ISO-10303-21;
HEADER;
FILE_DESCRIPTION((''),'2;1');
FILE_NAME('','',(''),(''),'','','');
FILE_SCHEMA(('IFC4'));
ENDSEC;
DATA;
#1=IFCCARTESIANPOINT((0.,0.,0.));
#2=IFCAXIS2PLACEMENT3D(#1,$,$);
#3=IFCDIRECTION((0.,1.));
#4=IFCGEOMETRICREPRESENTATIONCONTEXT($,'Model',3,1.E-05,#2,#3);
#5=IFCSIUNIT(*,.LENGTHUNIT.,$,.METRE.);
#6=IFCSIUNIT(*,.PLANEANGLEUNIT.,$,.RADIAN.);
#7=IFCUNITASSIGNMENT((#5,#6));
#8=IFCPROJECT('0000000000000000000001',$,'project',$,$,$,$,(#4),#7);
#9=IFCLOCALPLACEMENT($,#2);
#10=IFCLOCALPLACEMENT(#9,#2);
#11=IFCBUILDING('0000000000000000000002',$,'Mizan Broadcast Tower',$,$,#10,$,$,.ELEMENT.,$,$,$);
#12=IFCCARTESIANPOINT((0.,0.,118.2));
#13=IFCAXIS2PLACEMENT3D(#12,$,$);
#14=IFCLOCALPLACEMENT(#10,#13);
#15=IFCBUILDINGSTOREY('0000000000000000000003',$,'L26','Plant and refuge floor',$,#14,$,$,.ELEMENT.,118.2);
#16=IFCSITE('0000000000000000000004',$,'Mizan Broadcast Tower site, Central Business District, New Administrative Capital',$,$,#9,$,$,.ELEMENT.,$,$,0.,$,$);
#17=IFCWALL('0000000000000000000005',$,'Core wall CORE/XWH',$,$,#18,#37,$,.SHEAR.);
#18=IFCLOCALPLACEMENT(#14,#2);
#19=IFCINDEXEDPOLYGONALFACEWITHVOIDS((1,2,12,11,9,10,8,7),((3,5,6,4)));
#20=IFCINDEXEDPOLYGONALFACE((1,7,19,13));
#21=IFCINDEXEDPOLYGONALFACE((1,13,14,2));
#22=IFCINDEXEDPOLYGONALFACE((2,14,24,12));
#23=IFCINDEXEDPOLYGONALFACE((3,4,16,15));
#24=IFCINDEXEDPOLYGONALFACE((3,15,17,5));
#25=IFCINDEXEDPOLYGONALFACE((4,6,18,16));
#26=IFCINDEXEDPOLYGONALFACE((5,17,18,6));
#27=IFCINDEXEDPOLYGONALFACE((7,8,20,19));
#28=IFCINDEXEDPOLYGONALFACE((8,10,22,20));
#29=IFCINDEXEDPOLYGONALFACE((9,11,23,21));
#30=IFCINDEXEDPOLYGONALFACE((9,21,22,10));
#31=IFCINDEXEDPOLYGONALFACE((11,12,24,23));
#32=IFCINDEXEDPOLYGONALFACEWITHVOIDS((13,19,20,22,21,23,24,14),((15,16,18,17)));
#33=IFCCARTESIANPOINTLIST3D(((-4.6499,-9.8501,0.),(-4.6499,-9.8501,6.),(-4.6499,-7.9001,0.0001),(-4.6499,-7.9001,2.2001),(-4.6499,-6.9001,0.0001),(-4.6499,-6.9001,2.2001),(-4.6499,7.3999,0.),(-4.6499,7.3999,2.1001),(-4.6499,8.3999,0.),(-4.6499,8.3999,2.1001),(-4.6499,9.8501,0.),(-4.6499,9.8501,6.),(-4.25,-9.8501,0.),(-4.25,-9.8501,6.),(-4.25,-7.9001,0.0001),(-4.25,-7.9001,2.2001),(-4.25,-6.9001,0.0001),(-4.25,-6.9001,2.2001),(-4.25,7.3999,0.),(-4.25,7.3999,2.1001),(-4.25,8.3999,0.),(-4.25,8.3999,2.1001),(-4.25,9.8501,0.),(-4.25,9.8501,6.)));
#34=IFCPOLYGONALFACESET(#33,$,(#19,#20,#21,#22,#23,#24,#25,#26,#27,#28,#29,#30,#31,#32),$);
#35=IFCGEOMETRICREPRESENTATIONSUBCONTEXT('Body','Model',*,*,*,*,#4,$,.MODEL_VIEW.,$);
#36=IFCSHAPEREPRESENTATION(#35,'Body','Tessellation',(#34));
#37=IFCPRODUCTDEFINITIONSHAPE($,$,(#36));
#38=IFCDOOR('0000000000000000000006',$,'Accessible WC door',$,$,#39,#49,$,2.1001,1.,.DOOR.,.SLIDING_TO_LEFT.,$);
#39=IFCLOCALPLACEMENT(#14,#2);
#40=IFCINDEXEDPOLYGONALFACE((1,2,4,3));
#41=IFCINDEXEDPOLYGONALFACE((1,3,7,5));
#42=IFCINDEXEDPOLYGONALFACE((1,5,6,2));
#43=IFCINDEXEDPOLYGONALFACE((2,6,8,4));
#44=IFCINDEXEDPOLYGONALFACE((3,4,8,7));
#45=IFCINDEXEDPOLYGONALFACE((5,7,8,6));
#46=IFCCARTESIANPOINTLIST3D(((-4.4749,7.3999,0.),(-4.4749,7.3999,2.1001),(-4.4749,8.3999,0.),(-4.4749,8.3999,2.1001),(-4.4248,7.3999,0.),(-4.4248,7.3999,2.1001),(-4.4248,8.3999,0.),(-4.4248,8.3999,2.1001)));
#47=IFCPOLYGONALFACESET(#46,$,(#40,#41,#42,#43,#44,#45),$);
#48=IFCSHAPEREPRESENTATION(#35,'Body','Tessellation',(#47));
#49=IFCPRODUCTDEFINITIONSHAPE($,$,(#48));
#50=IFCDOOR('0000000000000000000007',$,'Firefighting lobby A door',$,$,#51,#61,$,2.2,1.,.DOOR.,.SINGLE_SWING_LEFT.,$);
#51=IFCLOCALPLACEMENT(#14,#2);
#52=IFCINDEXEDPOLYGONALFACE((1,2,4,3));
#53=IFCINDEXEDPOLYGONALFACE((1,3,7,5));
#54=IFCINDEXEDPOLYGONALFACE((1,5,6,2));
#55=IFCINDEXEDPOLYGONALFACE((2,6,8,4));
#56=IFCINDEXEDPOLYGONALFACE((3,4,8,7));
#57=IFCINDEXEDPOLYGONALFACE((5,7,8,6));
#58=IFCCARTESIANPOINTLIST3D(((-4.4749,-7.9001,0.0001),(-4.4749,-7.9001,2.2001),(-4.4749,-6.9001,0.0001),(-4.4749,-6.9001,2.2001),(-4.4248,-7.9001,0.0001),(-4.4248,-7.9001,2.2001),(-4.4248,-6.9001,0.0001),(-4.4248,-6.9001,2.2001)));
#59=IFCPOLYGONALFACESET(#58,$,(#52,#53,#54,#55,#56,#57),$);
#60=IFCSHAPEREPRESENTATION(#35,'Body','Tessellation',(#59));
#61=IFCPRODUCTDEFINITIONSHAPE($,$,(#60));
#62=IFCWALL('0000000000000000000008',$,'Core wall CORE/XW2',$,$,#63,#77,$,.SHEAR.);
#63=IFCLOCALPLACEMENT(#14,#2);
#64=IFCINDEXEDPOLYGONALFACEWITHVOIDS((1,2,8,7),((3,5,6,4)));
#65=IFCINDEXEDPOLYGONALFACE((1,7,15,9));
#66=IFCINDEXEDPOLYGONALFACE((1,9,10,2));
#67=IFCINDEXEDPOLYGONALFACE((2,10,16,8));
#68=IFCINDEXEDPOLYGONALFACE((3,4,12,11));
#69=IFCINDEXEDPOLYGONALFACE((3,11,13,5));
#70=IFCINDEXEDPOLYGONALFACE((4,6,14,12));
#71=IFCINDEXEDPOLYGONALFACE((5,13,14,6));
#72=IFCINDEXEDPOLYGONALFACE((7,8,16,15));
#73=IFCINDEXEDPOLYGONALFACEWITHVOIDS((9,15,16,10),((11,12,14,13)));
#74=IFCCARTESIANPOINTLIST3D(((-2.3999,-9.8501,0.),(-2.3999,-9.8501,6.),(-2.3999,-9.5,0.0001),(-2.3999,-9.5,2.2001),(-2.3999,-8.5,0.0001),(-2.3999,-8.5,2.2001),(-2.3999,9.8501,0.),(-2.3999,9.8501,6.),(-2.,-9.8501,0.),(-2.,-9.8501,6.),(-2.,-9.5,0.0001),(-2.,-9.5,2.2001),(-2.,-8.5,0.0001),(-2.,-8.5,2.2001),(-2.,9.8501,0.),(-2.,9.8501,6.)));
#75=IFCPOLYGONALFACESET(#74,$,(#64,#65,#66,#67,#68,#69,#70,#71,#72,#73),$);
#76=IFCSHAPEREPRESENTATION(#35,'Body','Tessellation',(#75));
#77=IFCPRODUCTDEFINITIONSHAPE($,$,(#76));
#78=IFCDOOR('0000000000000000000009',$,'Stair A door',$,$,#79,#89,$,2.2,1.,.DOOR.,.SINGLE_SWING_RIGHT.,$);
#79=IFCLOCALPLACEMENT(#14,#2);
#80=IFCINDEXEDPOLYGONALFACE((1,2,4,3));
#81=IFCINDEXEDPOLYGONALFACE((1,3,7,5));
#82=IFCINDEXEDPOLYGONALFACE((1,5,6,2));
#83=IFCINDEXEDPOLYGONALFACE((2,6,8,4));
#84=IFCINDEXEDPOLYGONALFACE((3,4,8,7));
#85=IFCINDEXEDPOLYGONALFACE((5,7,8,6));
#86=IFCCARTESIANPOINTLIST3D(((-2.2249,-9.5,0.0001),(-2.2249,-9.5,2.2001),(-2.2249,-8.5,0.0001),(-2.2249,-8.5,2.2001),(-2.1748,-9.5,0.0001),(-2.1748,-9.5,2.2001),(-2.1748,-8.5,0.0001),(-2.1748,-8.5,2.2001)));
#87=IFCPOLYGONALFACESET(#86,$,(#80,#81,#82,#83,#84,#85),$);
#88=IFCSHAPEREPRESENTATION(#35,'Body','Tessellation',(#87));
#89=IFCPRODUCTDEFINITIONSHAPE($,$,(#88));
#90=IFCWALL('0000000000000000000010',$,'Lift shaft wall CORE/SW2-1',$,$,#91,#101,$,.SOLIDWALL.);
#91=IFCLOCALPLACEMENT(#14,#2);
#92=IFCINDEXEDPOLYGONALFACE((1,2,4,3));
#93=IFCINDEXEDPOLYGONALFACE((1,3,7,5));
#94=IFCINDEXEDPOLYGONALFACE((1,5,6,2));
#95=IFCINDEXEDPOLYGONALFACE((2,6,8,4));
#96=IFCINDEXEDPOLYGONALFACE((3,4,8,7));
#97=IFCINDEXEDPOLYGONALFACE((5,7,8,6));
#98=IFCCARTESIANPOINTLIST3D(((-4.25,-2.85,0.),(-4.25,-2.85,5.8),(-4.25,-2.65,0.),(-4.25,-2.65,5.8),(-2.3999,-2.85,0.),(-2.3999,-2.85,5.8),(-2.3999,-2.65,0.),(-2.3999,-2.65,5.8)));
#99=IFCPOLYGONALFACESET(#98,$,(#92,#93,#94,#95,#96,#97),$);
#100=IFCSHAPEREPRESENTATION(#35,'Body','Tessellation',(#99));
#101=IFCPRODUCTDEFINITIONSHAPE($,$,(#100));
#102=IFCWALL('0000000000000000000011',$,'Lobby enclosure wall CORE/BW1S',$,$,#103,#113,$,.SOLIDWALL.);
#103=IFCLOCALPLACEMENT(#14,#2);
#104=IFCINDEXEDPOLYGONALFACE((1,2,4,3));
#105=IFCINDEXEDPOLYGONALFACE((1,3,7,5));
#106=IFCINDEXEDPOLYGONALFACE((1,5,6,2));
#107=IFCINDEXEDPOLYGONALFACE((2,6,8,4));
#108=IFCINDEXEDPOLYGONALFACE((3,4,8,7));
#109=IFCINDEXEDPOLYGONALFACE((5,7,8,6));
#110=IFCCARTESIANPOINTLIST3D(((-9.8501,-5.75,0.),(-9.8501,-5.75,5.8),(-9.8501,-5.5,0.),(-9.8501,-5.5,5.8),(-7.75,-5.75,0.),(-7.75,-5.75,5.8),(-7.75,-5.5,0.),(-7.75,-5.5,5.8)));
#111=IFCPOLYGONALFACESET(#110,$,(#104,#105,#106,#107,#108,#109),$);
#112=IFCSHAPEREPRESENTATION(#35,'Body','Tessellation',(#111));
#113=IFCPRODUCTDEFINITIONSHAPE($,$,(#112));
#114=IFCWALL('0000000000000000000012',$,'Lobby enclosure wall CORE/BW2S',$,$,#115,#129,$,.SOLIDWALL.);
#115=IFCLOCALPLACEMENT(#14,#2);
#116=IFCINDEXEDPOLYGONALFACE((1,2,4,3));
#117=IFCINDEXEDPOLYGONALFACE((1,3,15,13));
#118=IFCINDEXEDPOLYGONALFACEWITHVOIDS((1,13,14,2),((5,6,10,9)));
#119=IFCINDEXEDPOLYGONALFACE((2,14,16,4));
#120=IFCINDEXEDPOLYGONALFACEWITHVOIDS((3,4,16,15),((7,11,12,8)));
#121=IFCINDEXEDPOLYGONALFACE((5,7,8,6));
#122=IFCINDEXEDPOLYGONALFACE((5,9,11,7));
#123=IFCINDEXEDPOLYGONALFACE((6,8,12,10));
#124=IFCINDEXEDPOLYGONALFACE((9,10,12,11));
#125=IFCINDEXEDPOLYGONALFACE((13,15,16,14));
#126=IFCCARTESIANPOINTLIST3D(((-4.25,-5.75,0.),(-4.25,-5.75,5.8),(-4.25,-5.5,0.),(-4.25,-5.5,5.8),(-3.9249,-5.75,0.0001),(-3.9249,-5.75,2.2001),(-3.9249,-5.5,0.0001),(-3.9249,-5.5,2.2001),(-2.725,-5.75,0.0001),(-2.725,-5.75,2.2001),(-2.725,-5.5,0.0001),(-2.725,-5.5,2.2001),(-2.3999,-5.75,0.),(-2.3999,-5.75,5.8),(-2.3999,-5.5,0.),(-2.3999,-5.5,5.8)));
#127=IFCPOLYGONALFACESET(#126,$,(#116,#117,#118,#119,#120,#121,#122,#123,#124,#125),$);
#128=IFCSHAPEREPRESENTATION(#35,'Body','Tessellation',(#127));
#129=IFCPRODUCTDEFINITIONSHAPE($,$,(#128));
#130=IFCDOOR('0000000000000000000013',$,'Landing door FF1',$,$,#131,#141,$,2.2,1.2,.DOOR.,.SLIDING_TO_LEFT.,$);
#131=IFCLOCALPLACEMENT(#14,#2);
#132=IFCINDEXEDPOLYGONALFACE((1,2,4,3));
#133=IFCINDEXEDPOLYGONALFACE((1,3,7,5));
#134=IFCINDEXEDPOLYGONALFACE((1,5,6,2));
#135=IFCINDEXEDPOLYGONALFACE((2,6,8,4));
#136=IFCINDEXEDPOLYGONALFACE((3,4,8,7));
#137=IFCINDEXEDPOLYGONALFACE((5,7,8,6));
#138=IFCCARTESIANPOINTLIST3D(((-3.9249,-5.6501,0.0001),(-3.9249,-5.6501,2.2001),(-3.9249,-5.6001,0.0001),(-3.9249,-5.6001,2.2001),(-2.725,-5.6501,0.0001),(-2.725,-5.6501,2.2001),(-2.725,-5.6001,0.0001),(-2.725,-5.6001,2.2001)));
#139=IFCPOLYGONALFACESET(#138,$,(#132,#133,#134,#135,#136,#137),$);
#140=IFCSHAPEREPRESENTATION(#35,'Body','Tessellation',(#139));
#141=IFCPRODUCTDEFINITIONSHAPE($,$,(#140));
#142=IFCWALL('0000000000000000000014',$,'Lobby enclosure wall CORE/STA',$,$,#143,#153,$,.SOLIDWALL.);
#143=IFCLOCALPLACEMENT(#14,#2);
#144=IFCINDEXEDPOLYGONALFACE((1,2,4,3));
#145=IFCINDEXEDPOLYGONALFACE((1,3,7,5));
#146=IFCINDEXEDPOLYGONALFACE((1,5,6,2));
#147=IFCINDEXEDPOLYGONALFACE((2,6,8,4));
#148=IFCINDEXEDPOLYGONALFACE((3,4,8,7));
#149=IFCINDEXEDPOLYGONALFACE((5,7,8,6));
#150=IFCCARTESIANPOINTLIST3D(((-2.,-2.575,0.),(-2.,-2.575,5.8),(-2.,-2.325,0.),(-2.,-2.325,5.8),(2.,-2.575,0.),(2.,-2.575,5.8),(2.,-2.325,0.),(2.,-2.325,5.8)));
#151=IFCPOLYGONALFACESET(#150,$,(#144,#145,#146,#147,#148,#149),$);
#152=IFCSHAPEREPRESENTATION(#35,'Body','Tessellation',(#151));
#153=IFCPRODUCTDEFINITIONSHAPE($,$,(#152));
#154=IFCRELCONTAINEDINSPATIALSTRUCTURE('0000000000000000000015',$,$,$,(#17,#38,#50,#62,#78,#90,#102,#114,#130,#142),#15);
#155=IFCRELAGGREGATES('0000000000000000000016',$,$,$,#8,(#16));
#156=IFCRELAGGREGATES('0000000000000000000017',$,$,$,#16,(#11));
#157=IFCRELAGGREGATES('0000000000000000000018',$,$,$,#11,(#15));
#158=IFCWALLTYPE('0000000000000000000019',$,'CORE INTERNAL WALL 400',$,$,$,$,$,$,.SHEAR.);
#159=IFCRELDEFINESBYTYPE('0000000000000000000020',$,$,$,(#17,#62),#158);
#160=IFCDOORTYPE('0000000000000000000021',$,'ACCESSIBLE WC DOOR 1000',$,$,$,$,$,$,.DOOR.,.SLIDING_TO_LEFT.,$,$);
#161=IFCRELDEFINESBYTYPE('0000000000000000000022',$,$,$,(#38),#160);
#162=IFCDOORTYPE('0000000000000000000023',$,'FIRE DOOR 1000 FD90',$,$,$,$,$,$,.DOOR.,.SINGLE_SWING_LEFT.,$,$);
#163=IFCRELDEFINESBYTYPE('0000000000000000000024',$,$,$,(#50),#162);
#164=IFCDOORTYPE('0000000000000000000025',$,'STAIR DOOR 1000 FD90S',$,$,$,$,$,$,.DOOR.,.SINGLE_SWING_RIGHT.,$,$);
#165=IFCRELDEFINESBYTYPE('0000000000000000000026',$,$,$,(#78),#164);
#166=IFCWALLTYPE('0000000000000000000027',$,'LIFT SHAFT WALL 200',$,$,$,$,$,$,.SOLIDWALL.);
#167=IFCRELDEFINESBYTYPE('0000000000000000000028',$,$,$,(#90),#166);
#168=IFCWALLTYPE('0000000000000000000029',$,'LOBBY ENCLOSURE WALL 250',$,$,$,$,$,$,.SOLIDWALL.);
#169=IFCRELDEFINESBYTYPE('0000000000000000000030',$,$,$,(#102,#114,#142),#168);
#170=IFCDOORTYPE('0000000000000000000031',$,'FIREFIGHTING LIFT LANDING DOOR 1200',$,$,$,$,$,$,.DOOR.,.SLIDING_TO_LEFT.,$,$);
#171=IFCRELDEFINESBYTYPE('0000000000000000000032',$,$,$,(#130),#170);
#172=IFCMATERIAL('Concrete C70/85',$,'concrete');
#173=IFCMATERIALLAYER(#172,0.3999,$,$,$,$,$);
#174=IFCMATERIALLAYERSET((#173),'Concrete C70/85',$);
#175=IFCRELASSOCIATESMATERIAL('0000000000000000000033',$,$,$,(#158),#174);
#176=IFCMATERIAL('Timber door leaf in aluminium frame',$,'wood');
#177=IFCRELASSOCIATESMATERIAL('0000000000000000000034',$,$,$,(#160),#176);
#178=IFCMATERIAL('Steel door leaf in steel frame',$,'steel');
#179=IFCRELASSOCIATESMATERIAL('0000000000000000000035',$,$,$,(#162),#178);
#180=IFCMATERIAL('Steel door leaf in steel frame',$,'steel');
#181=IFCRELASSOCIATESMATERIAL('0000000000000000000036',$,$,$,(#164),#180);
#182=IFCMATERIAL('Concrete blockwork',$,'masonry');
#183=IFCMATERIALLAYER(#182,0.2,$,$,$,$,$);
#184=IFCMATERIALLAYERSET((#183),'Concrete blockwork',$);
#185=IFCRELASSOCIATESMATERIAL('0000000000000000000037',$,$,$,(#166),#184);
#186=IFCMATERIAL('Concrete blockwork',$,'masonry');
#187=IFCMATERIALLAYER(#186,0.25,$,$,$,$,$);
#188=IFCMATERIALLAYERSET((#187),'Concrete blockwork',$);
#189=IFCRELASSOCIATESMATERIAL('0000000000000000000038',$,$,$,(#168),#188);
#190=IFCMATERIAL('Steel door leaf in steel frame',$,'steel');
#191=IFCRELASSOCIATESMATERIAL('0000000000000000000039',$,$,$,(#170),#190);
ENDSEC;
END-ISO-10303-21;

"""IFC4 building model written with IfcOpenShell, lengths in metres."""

from ifc_helpers import new_model, si_unit, direction, frame, frame_2d, origin, place, context, subcontext, project, spatial, rectangle, extrude, material, layer, layer_set, type_object, element, fill, save


model = new_model("IFC4")

# Units and contexts
model_context = context("Model", 3, precision=1e-05, world=origin(), true_north=direction((0.0, 1.0)))
body_context = subcontext(model_context, "Body", "Model", "MODEL_VIEW")
ifc_project = project(units=[si_unit("LENGTHUNIT", "METRE"), si_unit("PLANEANGLEUNIT", "RADIAN")], contexts=[model_context])

# Site, building, storey
site_placement = place(None, origin())
site = spatial("IfcSite", under=ifc_project, at=site_placement, Name="Mizan Broadcast Tower site, Central Business District, New Administrative Capital", CompositionType="ELEMENT", RefElevation=0.0)
building_placement = place(site_placement, origin())
building = spatial("IfcBuilding", under=site, at=building_placement, Name="Mizan Broadcast Tower", CompositionType="ELEMENT")
storey_placement = place(building_placement, frame((0.0, 0.0, 118.2)))
storey = spatial("IfcBuildingStorey", under=building, at=storey_placement, Name="L26", Description="Plant and refuge floor", CompositionType="ELEMENT", Elevation=118.2)

# Wall, openings, doors
ifc_material_1 = material(Name="Concrete C70/85", Category="concrete")
ifc_layer_1 = layer(ifc_material_1, 0.3999)
ifc_layer_set_1 = layer_set([ifc_layer_1], Name="Concrete C70/85")
wall_type_1 = type_object("IfcWallType", Name="CORE INTERNAL WALL 400", PredefinedType="SHEAR", material=ifc_layer_set_1)
wall_1_placement = place(storey_placement, frame((-4.45, -9.8501, 0.0), z_axis=(0.0, 0.0, 1.0), x_axis=(0.0, 1.0, 0.0)))
wall_1 = element("IfcWall", 1, at=wall_1_placement, inside=storey, type_object=wall_type_1, Name="Core wall CORE/XWH", PredefinedType="SHEAR", context=body_context, shape_type="SweptSolid", body=[
    extrude(rectangle(XDim=19.7002, YDim=0.3999, at=frame_2d((9.8501, 0.0))), origin(), (0.0, 0.0, 1.0), 6.0),
])
opening_1_placement = place(wall_1_placement, frame((1.95, 0.0, 0.0)))
opening_1 = element("IfcOpeningElement", 2, at=opening_1_placement, cuts=wall_1, PredefinedType="OPENING", context=body_context, shape_type="SweptSolid", body=[
    extrude(rectangle(XDim=1.0, YDim=2.2, at=frame_2d((0.5, 1.1001))), frame((0.0, 0.21, 0.0), z_axis=(0.0, -1.0, 0.0), x_axis=(1.0, 0.0, 0.0)), (0.0, 0.0, 1.0), 0.4199),
])
opening_2_placement = place(wall_1_placement, frame((17.25, 0.0, 0.0)))
opening_2 = element("IfcOpeningElement", 3, at=opening_2_placement, cuts=wall_1, PredefinedType="OPENING", context=body_context, shape_type="SweptSolid", body=[
    extrude(rectangle(XDim=1.0, YDim=2.1001, at=frame_2d((0.5, 1.05))), frame((0.0, 0.21, 0.0), z_axis=(0.0, -1.0, 0.0), x_axis=(1.0, 0.0, 0.0)), (0.0, 0.0, 1.0), 0.4199),
])
ifc_material_2 = material(Name="Timber door leaf in aluminium frame", Category="wood")
door_type_1 = type_object("IfcDoorType", Name="ACCESSIBLE WC DOOR 1000", OperationType="SLIDING_TO_LEFT", PredefinedType="DOOR", material=ifc_material_2)
door_1_placement = place(opening_2_placement, origin())
door_1 = element("IfcDoor", 4, at=door_1_placement, inside=storey, type_object=door_type_1, Name="Accessible WC door", OperationType="SLIDING_TO_LEFT", OverallHeight=2.1001, OverallWidth=1.0, PredefinedType="DOOR", context=body_context, shape_type="SweptSolid", body=[
    extrude(rectangle(XDim=1.0, YDim=2.1001, at=frame_2d((0.5, 1.05))), frame((0.0, 0.0249, 0.0), z_axis=(0.0, -1.0, 0.0), x_axis=(1.0, 0.0, 0.0)), (0.0, 0.0, 1.0), 0.05),
])
fill(opening_2, door_1)
ifc_material_3 = material(Name="Steel door leaf in steel frame", Category="steel")
door_type_2 = type_object("IfcDoorType", Name="FIRE DOOR 1000 FD90", OperationType="SINGLE_SWING_LEFT", PredefinedType="DOOR", material=ifc_material_3)
door_2_placement = place(opening_1_placement, origin())
door_2 = element("IfcDoor", 5, at=door_2_placement, inside=storey, type_object=door_type_2, Name="Firefighting lobby A door", OperationType="SINGLE_SWING_LEFT", OverallHeight=2.2, OverallWidth=1.0, PredefinedType="DOOR", context=body_context, shape_type="SweptSolid", body=[
    extrude(rectangle(XDim=1.0, YDim=2.2, at=frame_2d((0.5, 1.1001))), frame((0.0, 0.0249, 0.0), z_axis=(0.0, -1.0, 0.0), x_axis=(1.0, 0.0, 0.0)), (0.0, 0.0, 1.0), 0.05),
])
fill(opening_1, door_2)

# Wall, opening, door
wall_2_placement = place(storey_placement, frame((-2.2, -9.8501, 0.0), z_axis=(0.0, 0.0, 1.0), x_axis=(0.0, 1.0, 0.0)))
wall_2 = element("IfcWall", 6, at=wall_2_placement, inside=storey, type_object=wall_type_1, Name="Core wall CORE/XW2", PredefinedType="SHEAR", context=body_context, shape_type="SweptSolid", body=[
    extrude(rectangle(XDim=19.7002, YDim=0.3999, at=frame_2d((9.8501, 0.0))), origin(), (0.0, 0.0, 1.0), 6.0),
])
opening_3_placement = place(wall_2_placement, frame((0.3501, 0.0, 0.0)))
opening_3 = element("IfcOpeningElement", 7, at=opening_3_placement, cuts=wall_2, PredefinedType="OPENING", context=body_context, shape_type="SweptSolid", body=[
    extrude(rectangle(XDim=1.0, YDim=2.2, at=frame_2d((0.5, 1.1001))), frame((0.0, 0.21, 0.0), z_axis=(0.0, -1.0, 0.0), x_axis=(1.0, 0.0, 0.0)), (0.0, 0.0, 1.0), 0.4199),
])
ifc_material_4 = material(Name="Steel door leaf in steel frame", Category="steel")
door_type_3 = type_object("IfcDoorType", Name="STAIR DOOR 1000 FD90S", OperationType="SINGLE_SWING_RIGHT", PredefinedType="DOOR", material=ifc_material_4)
door_3_placement = place(opening_3_placement, origin())
door_3 = element("IfcDoor", 8, at=door_3_placement, inside=storey, type_object=door_type_3, Name="Stair A door", OperationType="SINGLE_SWING_RIGHT", OverallHeight=2.2, OverallWidth=1.0, PredefinedType="DOOR", context=body_context, shape_type="SweptSolid", body=[
    extrude(rectangle(XDim=1.0, YDim=2.2, at=frame_2d((0.5, 1.1001))), frame((0.0, 0.0249, 0.0), z_axis=(0.0, -1.0, 0.0), x_axis=(1.0, 0.0, 0.0)), (0.0, 0.0, 1.0), 0.05),
])
fill(opening_3, door_3)

# Walls
ifc_material_5 = material(Name="Concrete blockwork", Category="masonry")
ifc_layer_2 = layer(ifc_material_5, 0.2)
ifc_layer_set_2 = layer_set([ifc_layer_2], Name="Concrete blockwork")
wall_type_2 = type_object("IfcWallType", Name="LIFT SHAFT WALL 200", PredefinedType="SOLIDWALL", material=ifc_layer_set_2)
wall_3_placement = place(storey_placement, frame((-4.25, -2.75, 0.0), z_axis=(0.0, 0.0, 1.0), x_axis=(1.0, 0.0, 0.0)))
element("IfcWall", 9, at=wall_3_placement, inside=storey, type_object=wall_type_2, Name="Lift shaft wall CORE/SW2-1", PredefinedType="SOLIDWALL", context=body_context, shape_type="SweptSolid", body=[
    extrude(rectangle(XDim=1.8501, YDim=0.2, at=frame_2d((0.925, 0.0))), origin(), (0.0, 0.0, 1.0), 5.8),
])
ifc_material_6 = material(Name="Concrete blockwork", Category="masonry")
ifc_layer_3 = layer(ifc_material_6, 0.25)
ifc_layer_set_3 = layer_set([ifc_layer_3], Name="Concrete blockwork")
wall_type_3 = type_object("IfcWallType", Name="LOBBY ENCLOSURE WALL 250", PredefinedType="SOLIDWALL", material=ifc_layer_set_3)
wall_4_placement = place(storey_placement, frame((-9.8501, -5.625, 0.0), z_axis=(0.0, 0.0, 1.0), x_axis=(1.0, 0.0, 0.0)))
element("IfcWall", 10, at=wall_4_placement, inside=storey, type_object=wall_type_3, Name="Lobby enclosure wall CORE/BW1S", PredefinedType="SOLIDWALL", context=body_context, shape_type="SweptSolid", body=[
    extrude(rectangle(XDim=2.1001, YDim=0.25, at=frame_2d((1.05, 0.0))), origin(), (0.0, 0.0, 1.0), 5.8),
])

# Wall, opening, door
wall_5_placement = place(storey_placement, frame((-4.25, -5.625, 0.0), z_axis=(0.0, 0.0, 1.0), x_axis=(1.0, 0.0, 0.0)))
wall_5 = element("IfcWall", 11, at=wall_5_placement, inside=storey, type_object=wall_type_3, Name="Lobby enclosure wall CORE/BW2S", PredefinedType="SOLIDWALL", context=body_context, shape_type="SweptSolid", body=[
    extrude(rectangle(XDim=1.8501, YDim=0.25, at=frame_2d((0.925, 0.0))), origin(), (0.0, 0.0, 1.0), 5.8),
])
opening_4_placement = place(wall_5_placement, frame((0.325, 0.0, 0.0)))
opening_4 = element("IfcOpeningElement", 12, at=opening_4_placement, cuts=wall_5, PredefinedType="OPENING", context=body_context, shape_type="SweptSolid", body=[
    extrude(rectangle(XDim=1.2, YDim=2.2, at=frame_2d((0.6001, 1.1001))), frame((0.0, 0.135, 0.0), z_axis=(0.0, -1.0, 0.0), x_axis=(1.0, 0.0, 0.0)), (0.0, 0.0, 1.0), 0.27),
])
ifc_material_7 = material(Name="Steel door leaf in steel frame", Category="steel")
door_type_4 = type_object("IfcDoorType", Name="FIREFIGHTING LIFT LANDING DOOR 1200", OperationType="SLIDING_TO_LEFT", PredefinedType="DOOR", material=ifc_material_7)
door_4_placement = place(opening_4_placement, origin())
door_4 = element("IfcDoor", 13, at=door_4_placement, inside=storey, type_object=door_type_4, Name="Landing door FF1", OperationType="SLIDING_TO_LEFT", OverallHeight=2.2, OverallWidth=1.2, PredefinedType="DOOR", context=body_context, shape_type="SweptSolid", body=[
    extrude(rectangle(XDim=1.2, YDim=2.2, at=frame_2d((0.6001, 1.1001))), frame((0.0, 0.0249, 0.0), z_axis=(0.0, -1.0, 0.0), x_axis=(1.0, 0.0, 0.0)), (0.0, 0.0, 1.0), 0.05),
])
fill(opening_4, door_4)

# Wall
wall_6_placement = place(storey_placement, frame((-2.0, -2.45, 0.0), z_axis=(0.0, 0.0, 1.0), x_axis=(1.0, 0.0, 0.0)))
element("IfcWall", 14, at=wall_6_placement, inside=storey, type_object=wall_type_3, Name="Lobby enclosure wall CORE/STA", PredefinedType="SOLIDWALL", context=body_context, shape_type="SweptSolid", body=[
    extrude(rectangle(XDim=4.0, YDim=0.25, at=frame_2d((2.0, 0.0))), origin(), (0.0, 0.0, 1.0), 5.8),
])

save(model, "model.ifc")
